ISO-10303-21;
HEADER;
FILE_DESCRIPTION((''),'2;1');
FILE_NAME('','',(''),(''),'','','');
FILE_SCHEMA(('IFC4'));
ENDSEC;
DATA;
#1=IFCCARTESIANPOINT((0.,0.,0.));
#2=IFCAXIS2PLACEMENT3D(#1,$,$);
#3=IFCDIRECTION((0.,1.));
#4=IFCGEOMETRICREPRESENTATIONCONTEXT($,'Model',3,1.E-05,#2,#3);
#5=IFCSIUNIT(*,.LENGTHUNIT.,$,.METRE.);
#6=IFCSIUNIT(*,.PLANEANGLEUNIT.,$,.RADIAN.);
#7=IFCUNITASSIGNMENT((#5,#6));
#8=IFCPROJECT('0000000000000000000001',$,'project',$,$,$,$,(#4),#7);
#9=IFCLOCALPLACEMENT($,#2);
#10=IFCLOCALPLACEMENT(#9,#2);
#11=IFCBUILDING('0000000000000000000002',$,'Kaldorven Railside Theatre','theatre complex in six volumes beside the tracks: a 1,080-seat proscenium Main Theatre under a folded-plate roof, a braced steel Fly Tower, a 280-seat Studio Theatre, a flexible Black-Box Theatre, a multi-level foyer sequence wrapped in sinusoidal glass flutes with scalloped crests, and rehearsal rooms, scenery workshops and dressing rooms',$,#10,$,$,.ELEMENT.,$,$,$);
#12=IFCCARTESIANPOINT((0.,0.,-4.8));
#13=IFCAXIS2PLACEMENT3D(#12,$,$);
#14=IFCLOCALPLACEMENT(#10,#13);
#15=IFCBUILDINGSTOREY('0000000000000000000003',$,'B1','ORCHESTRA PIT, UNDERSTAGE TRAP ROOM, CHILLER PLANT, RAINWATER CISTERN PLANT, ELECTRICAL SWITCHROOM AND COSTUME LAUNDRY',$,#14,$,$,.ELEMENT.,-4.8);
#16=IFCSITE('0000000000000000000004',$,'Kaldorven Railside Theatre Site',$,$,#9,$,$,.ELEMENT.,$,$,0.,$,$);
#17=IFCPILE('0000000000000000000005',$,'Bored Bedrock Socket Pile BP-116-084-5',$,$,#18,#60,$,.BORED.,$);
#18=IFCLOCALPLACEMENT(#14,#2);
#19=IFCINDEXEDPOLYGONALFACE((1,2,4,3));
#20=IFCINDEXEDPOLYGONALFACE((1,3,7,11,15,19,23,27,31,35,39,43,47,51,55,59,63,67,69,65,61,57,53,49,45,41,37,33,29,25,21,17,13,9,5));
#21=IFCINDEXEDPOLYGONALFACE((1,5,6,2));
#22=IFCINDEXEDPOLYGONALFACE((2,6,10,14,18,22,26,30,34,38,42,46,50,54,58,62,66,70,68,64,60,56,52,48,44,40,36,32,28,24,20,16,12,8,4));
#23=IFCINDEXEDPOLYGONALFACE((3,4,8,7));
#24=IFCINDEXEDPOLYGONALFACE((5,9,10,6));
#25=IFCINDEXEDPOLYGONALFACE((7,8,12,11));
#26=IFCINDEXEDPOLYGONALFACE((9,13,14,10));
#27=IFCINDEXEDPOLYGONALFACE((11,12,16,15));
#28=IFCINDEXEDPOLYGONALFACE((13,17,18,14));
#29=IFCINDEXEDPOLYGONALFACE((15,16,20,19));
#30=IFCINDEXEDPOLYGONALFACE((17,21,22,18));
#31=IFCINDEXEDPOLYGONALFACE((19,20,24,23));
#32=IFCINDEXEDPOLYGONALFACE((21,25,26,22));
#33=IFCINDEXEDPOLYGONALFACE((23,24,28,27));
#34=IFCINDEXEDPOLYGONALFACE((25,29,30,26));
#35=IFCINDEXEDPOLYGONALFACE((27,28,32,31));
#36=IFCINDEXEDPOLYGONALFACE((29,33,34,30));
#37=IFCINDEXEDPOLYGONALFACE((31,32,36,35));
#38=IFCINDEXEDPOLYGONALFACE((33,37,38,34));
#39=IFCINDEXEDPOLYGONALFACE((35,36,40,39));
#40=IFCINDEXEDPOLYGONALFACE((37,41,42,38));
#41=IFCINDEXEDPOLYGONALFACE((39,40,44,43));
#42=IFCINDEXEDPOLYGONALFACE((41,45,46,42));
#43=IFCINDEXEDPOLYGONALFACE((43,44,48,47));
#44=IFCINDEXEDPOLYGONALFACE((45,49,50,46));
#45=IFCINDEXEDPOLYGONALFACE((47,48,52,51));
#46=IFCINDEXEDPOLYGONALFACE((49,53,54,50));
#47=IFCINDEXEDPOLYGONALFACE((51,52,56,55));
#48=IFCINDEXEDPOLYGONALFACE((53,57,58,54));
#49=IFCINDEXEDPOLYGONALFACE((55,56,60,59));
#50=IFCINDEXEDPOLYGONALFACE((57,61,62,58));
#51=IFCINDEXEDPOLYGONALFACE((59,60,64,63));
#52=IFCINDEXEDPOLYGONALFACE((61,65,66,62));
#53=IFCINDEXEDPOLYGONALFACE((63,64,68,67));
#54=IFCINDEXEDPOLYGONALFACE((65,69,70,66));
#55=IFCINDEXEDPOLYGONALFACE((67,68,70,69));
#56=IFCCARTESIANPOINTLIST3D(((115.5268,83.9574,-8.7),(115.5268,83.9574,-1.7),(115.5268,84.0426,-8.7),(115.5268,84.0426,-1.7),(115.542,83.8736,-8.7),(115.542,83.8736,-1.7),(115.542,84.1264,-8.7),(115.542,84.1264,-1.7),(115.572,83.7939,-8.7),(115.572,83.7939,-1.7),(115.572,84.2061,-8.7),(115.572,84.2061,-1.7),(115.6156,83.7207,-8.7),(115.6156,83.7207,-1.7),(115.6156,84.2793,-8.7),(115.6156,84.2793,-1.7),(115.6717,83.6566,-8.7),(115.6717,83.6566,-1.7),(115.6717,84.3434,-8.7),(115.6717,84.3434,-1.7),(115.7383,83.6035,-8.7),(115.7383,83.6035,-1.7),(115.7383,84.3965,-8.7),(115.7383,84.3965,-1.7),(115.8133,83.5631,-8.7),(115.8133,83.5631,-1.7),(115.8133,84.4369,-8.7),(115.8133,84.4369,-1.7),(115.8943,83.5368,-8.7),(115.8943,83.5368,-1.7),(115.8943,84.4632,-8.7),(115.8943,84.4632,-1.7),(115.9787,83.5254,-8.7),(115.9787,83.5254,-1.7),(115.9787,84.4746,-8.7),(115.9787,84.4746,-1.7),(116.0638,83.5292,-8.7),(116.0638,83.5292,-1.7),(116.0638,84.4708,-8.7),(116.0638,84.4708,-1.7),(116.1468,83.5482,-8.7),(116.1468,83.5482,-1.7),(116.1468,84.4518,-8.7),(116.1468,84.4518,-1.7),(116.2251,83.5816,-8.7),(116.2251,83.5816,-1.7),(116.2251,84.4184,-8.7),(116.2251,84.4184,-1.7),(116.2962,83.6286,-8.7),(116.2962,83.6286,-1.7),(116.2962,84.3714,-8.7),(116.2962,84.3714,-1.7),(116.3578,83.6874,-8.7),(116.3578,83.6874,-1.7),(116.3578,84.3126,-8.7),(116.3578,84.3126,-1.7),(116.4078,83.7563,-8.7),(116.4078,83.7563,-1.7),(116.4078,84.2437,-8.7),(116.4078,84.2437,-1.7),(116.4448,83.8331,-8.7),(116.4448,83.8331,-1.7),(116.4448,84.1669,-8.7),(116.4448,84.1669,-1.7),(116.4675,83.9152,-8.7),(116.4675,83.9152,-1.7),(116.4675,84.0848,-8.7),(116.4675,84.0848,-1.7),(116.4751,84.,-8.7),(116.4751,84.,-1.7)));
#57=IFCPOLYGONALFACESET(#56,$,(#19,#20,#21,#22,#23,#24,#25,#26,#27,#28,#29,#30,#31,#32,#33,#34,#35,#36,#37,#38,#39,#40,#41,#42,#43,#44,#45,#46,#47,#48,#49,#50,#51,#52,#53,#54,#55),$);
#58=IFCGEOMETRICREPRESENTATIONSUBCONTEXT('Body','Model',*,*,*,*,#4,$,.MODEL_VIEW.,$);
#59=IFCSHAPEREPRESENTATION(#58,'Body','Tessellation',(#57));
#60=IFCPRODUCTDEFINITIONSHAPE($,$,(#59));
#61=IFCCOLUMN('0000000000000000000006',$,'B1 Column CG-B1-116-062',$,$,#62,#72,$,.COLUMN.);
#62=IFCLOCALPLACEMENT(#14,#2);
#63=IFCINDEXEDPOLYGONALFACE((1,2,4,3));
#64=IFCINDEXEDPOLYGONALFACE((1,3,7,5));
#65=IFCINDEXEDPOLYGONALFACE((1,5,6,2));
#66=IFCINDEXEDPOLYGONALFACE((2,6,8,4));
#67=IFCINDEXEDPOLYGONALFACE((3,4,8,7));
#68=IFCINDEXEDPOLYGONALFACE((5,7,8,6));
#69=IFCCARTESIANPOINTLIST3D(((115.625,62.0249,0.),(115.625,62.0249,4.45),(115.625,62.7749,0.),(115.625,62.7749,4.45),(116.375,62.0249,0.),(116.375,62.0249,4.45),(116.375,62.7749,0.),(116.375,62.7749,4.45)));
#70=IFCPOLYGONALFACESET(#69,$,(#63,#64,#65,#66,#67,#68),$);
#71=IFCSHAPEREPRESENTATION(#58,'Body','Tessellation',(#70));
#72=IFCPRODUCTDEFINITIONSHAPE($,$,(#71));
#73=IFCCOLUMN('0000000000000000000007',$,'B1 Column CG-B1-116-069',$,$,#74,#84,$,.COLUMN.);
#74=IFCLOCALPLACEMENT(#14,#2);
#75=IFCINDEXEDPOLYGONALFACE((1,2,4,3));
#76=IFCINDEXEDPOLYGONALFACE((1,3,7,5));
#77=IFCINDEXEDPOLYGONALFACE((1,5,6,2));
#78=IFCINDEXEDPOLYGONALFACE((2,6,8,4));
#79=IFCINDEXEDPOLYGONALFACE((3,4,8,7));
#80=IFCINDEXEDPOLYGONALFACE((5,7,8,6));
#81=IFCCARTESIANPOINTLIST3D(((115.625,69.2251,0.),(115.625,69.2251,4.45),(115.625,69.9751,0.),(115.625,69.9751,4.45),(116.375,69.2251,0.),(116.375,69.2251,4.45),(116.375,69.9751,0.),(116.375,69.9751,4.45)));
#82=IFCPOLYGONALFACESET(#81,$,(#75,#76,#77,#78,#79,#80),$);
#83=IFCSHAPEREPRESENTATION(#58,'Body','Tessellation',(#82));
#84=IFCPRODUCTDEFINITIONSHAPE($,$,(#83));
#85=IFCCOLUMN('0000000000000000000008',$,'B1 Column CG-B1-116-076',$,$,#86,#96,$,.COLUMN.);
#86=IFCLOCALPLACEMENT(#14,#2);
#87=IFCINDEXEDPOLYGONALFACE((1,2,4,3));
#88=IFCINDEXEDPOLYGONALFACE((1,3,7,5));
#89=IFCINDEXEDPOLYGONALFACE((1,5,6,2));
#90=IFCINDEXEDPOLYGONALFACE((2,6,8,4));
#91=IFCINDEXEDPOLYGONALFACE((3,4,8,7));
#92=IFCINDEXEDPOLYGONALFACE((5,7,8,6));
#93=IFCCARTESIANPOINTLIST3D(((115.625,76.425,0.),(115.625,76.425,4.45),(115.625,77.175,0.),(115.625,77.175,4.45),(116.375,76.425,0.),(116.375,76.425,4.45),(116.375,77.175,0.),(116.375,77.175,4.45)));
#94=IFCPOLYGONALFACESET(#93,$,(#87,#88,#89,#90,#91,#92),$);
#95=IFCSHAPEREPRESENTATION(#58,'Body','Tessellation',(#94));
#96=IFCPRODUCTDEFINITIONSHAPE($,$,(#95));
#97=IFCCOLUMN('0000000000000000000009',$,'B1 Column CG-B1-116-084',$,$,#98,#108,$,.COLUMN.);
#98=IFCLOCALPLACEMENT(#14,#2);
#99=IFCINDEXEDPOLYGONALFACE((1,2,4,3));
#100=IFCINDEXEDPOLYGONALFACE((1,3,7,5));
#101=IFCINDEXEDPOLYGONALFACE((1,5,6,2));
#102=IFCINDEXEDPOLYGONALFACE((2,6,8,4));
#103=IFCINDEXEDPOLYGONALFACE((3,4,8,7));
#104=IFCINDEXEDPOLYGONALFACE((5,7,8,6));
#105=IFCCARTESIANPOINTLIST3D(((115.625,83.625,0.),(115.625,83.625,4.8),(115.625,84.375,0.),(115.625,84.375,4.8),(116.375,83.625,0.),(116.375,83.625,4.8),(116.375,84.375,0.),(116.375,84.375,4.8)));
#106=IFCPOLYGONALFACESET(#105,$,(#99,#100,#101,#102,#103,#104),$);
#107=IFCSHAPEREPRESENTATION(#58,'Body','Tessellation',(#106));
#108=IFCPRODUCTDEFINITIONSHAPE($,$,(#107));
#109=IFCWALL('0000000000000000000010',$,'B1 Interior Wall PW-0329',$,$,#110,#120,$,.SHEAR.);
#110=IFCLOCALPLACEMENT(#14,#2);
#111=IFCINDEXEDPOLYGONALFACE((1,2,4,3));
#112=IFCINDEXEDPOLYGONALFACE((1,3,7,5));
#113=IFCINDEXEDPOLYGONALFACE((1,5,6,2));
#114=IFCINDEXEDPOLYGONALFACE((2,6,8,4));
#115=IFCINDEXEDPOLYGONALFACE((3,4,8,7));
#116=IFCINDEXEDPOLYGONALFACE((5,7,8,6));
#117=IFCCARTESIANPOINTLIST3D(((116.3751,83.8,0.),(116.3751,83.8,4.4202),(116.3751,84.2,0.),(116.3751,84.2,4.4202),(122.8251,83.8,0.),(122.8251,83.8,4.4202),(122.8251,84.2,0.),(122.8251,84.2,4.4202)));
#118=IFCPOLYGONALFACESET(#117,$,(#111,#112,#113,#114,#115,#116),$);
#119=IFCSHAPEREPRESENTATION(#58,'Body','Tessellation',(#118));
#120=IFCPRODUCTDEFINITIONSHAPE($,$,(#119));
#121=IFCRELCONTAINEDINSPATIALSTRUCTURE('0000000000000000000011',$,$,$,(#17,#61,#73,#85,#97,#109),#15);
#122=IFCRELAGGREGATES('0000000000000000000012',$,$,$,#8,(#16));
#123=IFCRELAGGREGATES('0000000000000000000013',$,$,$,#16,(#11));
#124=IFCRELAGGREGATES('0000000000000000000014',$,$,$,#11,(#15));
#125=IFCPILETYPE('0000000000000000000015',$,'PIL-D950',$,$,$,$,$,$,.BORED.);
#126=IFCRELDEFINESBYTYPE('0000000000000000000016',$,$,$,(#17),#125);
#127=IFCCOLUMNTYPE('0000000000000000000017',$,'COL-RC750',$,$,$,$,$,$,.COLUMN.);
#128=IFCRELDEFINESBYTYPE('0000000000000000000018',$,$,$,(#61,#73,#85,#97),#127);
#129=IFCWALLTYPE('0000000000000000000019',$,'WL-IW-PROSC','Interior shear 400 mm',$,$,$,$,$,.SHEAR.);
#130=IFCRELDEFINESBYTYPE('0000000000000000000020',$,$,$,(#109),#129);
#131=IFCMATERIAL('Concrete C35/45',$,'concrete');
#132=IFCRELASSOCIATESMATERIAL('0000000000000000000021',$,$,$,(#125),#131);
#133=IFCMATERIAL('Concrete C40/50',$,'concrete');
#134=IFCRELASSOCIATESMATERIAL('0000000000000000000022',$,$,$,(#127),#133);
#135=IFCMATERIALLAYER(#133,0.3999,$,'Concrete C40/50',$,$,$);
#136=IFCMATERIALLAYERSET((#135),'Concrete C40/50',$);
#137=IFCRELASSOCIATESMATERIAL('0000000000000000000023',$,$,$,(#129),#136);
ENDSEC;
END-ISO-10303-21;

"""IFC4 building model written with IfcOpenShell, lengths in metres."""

from ifc_helpers import new_model, si_unit, direction, frame, frame_2d, origin, origin_2d, place, context, subcontext, project, spatial, rectangle, circle, extrude, material, layer, layer_set, material_profile, profile_set, type_object, element, save


model = new_model("IFC4")

# Units and contexts
model_context = context("Model", 3, precision=1e-05, world=origin(), true_north=direction((0.0, 1.0)))
body_context = subcontext(model_context, "Body", "Model", "MODEL_VIEW")
ifc_project = project(units=[si_unit("LENGTHUNIT", "METRE"), si_unit("PLANEANGLEUNIT", "RADIAN")], contexts=[model_context])

# Site, building, storey
site_placement = place(None, origin())
site = spatial("IfcSite", under=ifc_project, at=site_placement, Name="Kaldorven Railside Theatre Site", CompositionType="ELEMENT", RefElevation=0.0)
building_placement = place(site_placement, origin())
building = spatial("IfcBuilding", under=site, at=building_placement, Name="Kaldorven Railside Theatre", Description="theatre complex in six volumes beside the tracks: a 1,080-seat proscenium Main Theatre under a folded-plate roof, a braced steel Fly Tower, a 280-seat Studio Theatre, a flexible Black-Box Theatre, a multi-level foyer sequence wrapped in sinusoidal glass flutes with scalloped crests, and rehearsal rooms, scenery workshops and dressing rooms", CompositionType="ELEMENT")
storey_placement = place(building_placement, frame((0.0, 0.0, -4.8)))
storey = spatial("IfcBuildingStorey", under=building, at=storey_placement, Name="B1", Description="ORCHESTRA PIT, UNDERSTAGE TRAP ROOM, CHILLER PLANT, RAINWATER CISTERN PLANT, ELECTRICAL SWITCHROOM AND COSTUME LAUNDRY", CompositionType="ELEMENT", Elevation=-4.8)

# Shared definitions
ifc_material_1 = material(Name="Concrete C40/50", Category="concrete")

# Pile
ifc_material_2 = material(Name="Concrete C35/45", Category="concrete")
ifc_material_profile_1 = material_profile(ifc_material_2, circle(Radius=0.4751, at=origin_2d()), Name="BP D950")
ifc_profile_set_1 = profile_set([ifc_material_profile_1], Name="Concrete C35/45")
pile_type_1 = type_object("IfcPileType", Name="PIL-D950", PredefinedType="BORED", material=ifc_profile_set_1)
for number, where, z_axis, x_axis, name in (
    (1, (116.0, 84.0, -1.7), (0.0, 0.0, -1.0), (1.0, 0.0, 0.0), "Bored Bedrock Socket Pile BP-116-084-5"),
):
    element("IfcPile", number, at=place(storey_placement, frame(where, z_axis=z_axis, x_axis=x_axis)), inside=storey, type_object=pile_type_1, Name=name, PredefinedType="BORED", context=body_context, shape_type="SweptSolid", body=[
        extrude(circle(Radius=0.4751, at=origin_2d()), origin(), (0.0, 0.0, 1.0), 7.0),
    ])

# Columns
ifc_material_profile_2 = material_profile(ifc_material_1, rectangle(XDim=0.75, YDim=0.75, at=origin_2d()), Name="RC 750x750")
ifc_profile_set_2 = profile_set([ifc_material_profile_2], Name="Concrete C40/50")
column_type = type_object("IfcColumnType", Name="COL-RC750", PredefinedType="COLUMN", material=ifc_profile_set_2)
for number, where, z_axis, x_axis, name in (
    (2, (116.0, 62.3999, 0.0), (0.0, 0.0, 1.0), (1.0, 0.0, 0.0), "B1 Column CG-B1-116-062"),
    (3, (116.0, 69.6001, 0.0), (0.0, 0.0, 1.0), (0.0, 1.0, 0.0), "B1 Column CG-B1-116-069"),
    (4, (116.0, 76.8, 0.0), (0.0, 0.0, 1.0), (1.0, 0.0, 0.0), "B1 Column CG-B1-116-076"),
):
    element("IfcColumn", number, at=place(storey_placement, frame(where, z_axis=z_axis, x_axis=x_axis)), inside=storey, type_object=column_type, Name=name, PredefinedType="COLUMN", context=body_context, shape_type="SweptSolid", body=[
        extrude(rectangle(XDim=0.75, YDim=0.75, at=origin_2d()), origin(), (0.0, 0.0, 1.0), 4.45),
    ])
column_placement = place(storey_placement, frame((116.0, 84.0, 0.0), z_axis=(0.0, 0.0, 1.0), x_axis=(1.0, 0.0, 0.0)))
element("IfcColumn", 5, at=column_placement, inside=storey, type_object=column_type, Name="B1 Column CG-B1-116-084", PredefinedType="COLUMN", context=body_context, shape_type="SweptSolid", body=[
    extrude(rectangle(XDim=0.75, YDim=0.75, at=origin_2d()), origin(), (0.0, 0.0, 1.0), 4.8),
])

# Wall
ifc_layer = layer(ifc_material_1, 0.3999, Name="Concrete C40/50")
ifc_layer_set = layer_set([ifc_layer], Name="Concrete C40/50")
wall_type = type_object("IfcWallType", Name="WL-IW-PROSC", Description="Interior shear 400 mm", PredefinedType="SHEAR", material=ifc_layer_set)
wall_placement = place(storey_placement, frame((116.375, 84.0, 0.0), z_axis=(0.0, 0.0, 1.0), x_axis=(1.0, 0.0, 0.0)))
element("IfcWall", 6, at=wall_placement, inside=storey, type_object=wall_type, Name="B1 Interior Wall PW-0329", PredefinedType="SHEAR", context=body_context, shape_type="SweptSolid", body=[
    extrude(rectangle(XDim=6.45, YDim=0.3999, at=frame_2d((3.2251, 0.0))), origin(), (0.0, 0.0, 1.0), 4.4202),
])

save(model, "model.ifc")
